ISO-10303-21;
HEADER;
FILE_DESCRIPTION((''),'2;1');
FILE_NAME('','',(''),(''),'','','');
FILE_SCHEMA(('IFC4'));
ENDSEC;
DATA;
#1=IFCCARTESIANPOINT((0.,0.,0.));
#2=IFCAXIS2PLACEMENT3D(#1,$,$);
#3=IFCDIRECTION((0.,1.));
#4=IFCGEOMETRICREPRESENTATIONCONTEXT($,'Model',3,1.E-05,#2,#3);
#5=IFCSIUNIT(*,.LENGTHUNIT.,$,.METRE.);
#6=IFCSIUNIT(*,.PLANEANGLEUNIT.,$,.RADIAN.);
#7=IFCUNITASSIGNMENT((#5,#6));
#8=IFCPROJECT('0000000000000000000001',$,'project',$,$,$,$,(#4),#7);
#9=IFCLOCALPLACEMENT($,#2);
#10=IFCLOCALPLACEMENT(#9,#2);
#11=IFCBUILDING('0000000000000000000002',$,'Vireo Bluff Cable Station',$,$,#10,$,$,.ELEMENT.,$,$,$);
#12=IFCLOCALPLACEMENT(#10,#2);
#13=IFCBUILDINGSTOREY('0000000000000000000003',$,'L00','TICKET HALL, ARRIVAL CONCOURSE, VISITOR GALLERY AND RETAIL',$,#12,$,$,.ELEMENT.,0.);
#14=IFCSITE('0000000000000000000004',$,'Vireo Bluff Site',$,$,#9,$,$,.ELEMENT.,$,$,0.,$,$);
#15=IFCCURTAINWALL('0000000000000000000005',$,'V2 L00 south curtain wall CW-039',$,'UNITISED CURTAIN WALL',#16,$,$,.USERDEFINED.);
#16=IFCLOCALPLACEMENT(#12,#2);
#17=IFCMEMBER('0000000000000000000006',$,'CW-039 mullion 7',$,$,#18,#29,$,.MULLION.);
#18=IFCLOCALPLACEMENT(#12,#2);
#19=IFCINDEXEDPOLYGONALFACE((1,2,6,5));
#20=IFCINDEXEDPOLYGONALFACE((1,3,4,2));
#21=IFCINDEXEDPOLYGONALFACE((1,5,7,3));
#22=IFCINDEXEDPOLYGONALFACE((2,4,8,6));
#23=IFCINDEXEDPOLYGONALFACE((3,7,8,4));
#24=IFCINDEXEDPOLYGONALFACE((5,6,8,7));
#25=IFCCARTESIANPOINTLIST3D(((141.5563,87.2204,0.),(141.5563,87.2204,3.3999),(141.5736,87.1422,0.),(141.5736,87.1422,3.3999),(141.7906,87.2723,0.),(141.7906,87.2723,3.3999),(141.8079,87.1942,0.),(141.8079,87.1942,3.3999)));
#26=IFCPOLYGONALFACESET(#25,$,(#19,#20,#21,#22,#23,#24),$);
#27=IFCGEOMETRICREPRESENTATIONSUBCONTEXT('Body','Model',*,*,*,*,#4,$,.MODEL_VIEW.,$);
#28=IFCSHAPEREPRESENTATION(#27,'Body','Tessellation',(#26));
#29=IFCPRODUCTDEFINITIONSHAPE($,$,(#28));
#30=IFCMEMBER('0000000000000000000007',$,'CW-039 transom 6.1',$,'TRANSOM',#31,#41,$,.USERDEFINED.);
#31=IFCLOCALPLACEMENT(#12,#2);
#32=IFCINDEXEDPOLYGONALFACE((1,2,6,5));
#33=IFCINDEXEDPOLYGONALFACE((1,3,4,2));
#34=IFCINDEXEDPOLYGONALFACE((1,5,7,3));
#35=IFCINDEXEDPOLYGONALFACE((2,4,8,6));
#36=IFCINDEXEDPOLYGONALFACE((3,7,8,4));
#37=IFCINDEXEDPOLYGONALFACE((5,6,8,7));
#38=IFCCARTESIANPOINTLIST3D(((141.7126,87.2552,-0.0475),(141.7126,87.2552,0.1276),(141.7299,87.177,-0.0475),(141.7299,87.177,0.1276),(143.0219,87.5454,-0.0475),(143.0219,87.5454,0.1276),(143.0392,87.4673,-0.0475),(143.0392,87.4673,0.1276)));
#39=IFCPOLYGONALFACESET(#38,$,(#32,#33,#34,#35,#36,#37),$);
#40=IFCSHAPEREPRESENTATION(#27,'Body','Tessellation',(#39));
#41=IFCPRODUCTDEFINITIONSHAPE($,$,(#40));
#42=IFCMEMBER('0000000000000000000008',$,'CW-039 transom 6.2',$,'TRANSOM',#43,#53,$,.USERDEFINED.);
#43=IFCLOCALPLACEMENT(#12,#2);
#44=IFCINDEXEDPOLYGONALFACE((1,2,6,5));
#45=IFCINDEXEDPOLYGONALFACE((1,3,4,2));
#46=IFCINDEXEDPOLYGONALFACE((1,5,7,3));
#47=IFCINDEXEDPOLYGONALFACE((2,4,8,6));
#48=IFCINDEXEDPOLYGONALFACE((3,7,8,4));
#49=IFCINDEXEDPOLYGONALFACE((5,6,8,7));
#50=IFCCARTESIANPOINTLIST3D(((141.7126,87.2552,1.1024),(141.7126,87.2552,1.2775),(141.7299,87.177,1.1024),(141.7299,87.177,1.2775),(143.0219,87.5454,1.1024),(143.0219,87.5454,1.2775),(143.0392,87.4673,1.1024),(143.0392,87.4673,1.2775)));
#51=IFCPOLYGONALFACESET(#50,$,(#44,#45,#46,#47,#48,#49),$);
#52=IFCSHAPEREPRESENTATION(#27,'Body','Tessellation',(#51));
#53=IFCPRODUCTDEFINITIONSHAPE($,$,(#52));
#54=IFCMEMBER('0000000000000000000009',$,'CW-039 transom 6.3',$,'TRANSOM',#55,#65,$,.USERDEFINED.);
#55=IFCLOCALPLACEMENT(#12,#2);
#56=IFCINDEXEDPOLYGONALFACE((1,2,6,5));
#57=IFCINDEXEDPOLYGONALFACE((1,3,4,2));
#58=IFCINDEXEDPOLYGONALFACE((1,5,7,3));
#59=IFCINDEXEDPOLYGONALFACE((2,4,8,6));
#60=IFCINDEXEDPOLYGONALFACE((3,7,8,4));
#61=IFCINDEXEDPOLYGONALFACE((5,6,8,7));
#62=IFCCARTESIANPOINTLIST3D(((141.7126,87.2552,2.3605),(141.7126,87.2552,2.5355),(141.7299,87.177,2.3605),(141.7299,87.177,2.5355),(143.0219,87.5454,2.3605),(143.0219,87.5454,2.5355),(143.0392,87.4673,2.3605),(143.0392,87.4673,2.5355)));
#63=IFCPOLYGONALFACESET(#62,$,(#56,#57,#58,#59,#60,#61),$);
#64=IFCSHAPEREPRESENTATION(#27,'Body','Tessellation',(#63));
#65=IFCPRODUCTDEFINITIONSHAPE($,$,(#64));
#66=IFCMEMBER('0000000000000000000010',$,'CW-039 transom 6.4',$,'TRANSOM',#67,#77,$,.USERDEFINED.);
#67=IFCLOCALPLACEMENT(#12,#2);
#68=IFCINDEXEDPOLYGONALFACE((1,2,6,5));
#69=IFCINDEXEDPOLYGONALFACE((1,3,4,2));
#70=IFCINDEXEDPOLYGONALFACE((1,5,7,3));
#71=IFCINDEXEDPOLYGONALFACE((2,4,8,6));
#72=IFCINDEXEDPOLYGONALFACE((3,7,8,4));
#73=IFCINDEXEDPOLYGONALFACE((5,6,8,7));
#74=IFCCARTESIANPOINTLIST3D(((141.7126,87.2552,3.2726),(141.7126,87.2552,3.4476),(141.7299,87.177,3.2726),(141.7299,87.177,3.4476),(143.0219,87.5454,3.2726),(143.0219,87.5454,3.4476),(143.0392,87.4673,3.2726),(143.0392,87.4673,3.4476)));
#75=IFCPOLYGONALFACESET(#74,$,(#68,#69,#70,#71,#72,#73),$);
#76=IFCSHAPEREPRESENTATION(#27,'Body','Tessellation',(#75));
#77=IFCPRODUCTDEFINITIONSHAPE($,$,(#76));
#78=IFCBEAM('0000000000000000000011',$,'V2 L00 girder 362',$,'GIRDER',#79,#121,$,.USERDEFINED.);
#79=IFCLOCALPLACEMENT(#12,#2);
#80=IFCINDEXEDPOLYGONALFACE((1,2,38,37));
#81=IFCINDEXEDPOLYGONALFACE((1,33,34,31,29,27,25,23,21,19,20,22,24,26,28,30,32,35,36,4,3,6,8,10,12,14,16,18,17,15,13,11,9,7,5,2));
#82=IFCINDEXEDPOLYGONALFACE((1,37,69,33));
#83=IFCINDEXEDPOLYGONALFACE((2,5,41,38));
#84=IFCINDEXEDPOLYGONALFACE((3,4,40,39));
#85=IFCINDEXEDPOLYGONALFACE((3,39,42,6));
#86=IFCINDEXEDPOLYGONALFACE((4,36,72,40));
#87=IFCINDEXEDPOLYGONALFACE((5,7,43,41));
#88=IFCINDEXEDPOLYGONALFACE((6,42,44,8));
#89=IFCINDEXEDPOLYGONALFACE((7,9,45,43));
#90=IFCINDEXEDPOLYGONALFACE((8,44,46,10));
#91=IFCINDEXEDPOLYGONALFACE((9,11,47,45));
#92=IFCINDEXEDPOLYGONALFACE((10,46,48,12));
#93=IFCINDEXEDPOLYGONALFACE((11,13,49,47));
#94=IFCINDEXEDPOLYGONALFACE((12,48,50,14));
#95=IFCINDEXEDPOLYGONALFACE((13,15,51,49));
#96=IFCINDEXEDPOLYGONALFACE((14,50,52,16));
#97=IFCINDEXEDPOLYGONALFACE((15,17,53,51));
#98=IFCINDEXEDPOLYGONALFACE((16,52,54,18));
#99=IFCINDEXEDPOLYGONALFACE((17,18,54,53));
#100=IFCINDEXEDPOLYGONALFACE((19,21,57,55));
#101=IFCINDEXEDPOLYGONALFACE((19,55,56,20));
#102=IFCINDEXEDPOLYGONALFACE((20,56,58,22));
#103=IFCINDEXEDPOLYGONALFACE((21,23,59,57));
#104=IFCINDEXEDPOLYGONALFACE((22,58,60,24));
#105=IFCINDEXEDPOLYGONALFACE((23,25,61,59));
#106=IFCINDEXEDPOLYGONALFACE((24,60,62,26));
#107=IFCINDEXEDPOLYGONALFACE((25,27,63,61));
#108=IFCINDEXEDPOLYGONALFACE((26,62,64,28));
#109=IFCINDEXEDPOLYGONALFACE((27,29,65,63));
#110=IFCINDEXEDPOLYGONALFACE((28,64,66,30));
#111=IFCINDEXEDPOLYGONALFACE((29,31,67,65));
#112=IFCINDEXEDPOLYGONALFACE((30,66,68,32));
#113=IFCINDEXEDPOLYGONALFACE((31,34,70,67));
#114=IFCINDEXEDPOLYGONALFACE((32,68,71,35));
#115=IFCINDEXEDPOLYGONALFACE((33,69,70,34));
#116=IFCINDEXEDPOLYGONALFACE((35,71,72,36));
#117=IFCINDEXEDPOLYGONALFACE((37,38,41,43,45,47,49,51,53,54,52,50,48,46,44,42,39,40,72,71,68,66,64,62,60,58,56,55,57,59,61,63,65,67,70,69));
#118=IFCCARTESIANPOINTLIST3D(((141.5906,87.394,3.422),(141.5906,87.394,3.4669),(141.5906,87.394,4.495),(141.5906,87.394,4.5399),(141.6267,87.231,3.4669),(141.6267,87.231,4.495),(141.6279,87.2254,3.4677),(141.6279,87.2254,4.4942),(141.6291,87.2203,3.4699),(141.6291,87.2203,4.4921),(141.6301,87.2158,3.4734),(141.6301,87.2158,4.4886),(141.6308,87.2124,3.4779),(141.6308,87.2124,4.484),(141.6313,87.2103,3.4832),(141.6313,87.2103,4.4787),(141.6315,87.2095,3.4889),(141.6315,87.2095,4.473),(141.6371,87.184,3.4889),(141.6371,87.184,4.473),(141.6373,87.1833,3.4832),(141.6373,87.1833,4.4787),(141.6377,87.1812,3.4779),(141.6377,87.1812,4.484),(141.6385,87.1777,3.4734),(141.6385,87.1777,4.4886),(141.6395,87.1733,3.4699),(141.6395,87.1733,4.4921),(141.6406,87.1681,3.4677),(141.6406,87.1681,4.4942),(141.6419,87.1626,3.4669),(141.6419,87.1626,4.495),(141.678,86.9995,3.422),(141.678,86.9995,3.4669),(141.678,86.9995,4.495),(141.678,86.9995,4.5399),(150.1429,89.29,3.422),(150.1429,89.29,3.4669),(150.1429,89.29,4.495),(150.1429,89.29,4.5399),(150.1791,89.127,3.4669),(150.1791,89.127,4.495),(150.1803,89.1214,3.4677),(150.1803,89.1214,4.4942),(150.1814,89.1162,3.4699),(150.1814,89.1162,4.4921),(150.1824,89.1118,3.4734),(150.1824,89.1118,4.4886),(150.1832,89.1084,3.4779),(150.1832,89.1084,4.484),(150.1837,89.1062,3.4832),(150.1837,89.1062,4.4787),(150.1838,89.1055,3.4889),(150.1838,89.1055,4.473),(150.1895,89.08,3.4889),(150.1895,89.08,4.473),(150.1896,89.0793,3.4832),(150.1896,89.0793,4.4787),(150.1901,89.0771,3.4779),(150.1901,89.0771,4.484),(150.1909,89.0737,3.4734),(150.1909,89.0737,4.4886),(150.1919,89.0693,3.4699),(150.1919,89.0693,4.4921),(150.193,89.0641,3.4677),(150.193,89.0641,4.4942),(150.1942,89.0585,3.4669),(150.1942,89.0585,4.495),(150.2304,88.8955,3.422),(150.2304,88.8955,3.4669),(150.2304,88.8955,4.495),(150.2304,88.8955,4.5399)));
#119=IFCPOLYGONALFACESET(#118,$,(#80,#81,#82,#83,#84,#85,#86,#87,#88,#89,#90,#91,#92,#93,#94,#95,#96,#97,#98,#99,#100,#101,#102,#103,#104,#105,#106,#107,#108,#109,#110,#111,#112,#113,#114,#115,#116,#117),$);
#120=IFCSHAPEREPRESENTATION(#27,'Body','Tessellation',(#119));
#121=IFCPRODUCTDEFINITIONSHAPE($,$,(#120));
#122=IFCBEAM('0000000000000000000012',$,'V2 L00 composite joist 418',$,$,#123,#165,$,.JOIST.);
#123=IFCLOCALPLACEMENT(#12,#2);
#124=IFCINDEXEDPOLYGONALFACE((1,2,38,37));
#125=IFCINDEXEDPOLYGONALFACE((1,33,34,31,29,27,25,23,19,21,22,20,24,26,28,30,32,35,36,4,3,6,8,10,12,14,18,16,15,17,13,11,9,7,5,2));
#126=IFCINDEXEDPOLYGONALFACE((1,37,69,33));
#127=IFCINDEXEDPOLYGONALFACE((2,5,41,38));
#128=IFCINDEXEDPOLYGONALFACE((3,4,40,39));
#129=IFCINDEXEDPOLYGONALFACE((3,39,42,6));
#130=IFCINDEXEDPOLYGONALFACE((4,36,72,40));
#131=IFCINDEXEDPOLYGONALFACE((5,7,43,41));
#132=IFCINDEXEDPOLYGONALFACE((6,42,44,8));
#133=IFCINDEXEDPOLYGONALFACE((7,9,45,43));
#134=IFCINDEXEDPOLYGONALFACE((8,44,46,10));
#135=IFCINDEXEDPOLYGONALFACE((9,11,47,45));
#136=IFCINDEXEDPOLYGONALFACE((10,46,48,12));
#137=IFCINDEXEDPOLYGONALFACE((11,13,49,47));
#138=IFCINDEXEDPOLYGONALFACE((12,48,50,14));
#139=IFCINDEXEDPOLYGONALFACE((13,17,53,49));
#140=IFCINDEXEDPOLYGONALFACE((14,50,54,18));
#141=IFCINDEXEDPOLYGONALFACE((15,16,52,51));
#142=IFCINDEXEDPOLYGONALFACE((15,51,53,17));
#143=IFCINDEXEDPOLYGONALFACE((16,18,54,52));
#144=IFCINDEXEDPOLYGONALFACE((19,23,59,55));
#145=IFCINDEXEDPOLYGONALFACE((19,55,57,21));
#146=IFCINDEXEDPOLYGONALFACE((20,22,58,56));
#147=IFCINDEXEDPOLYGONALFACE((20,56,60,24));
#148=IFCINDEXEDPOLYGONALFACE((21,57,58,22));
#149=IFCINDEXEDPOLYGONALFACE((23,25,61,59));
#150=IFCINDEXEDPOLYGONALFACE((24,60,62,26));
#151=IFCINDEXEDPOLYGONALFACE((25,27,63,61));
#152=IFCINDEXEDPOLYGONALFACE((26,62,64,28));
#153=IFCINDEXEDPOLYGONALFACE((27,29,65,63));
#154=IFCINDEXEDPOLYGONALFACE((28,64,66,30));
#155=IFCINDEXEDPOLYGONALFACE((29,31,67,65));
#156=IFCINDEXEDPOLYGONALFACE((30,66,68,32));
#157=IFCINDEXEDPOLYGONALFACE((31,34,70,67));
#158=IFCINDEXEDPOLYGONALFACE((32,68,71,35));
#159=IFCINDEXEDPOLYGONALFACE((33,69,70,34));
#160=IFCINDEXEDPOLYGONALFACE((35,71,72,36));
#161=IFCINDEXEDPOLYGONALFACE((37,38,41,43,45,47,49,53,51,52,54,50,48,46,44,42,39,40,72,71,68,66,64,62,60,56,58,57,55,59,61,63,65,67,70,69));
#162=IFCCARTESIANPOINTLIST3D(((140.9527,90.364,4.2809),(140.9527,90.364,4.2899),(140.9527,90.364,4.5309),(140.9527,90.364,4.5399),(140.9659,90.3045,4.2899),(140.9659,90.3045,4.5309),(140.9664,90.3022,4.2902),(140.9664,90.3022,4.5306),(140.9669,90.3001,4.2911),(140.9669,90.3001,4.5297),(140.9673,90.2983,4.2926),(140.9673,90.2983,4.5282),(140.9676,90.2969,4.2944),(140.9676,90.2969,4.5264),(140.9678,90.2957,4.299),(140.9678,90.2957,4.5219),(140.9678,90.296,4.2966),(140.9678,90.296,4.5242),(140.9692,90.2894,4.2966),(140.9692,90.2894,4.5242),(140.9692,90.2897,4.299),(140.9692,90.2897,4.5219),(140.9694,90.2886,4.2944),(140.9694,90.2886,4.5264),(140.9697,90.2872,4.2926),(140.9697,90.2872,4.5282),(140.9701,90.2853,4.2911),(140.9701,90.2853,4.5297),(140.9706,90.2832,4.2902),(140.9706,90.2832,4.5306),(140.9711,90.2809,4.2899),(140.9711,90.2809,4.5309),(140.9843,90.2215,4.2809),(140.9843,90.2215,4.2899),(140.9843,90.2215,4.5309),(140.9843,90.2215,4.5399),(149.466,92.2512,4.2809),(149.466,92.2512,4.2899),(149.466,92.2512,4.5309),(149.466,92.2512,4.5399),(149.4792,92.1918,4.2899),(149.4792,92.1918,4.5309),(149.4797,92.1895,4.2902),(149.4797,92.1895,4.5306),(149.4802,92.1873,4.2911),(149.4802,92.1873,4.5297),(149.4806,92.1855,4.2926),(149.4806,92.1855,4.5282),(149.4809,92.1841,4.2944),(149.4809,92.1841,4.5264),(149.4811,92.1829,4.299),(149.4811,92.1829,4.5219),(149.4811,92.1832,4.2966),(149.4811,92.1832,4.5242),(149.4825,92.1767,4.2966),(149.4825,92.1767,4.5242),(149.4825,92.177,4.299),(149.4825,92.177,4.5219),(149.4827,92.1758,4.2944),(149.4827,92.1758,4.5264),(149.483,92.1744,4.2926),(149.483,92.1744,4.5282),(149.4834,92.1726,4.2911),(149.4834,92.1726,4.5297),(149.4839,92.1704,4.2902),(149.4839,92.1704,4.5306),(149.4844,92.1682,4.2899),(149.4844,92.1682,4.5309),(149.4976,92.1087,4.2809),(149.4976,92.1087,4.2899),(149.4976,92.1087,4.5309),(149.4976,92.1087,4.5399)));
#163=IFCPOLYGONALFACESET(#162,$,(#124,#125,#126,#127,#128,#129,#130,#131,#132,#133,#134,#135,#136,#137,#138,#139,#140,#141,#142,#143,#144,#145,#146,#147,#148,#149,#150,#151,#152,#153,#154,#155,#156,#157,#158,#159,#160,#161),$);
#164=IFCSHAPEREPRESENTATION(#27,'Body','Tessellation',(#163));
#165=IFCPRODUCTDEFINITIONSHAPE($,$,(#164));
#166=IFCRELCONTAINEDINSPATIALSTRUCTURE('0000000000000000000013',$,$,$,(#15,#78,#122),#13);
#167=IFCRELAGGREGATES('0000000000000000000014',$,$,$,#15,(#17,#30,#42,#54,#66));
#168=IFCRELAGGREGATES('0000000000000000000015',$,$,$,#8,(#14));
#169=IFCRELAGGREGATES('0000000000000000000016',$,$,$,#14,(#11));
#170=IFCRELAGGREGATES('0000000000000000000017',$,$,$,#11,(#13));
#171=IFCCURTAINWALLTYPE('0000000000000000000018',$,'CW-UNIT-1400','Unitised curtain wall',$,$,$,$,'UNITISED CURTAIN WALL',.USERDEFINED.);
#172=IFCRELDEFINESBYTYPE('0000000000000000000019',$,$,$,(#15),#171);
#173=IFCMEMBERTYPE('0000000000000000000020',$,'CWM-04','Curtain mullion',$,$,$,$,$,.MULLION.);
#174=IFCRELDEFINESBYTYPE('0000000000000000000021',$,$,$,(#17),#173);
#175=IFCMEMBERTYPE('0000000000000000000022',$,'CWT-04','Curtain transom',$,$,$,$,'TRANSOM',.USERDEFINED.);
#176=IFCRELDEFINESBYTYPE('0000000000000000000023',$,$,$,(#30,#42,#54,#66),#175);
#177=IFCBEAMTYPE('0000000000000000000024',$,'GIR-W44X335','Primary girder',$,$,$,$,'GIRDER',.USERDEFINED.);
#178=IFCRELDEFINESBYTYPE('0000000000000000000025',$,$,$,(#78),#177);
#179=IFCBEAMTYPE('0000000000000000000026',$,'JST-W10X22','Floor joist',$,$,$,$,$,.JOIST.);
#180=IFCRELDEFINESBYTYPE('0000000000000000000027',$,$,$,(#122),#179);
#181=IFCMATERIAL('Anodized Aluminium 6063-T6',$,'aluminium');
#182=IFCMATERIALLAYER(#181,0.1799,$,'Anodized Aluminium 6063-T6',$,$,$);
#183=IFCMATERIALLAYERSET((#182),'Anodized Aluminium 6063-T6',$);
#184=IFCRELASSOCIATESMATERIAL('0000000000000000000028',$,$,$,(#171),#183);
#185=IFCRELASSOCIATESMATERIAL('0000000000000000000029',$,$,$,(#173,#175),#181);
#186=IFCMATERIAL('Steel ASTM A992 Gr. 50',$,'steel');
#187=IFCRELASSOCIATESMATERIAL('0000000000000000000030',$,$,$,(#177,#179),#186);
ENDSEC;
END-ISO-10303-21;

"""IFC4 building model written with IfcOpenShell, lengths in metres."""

from ifc_helpers import new_model, si_unit, direction, frame, origin, origin_2d, place, context, subcontext, project, spatial, rectangle, i_section, extrude, material, layer, layer_set, material_profile, profile_set, type_object, element, aggregate, save


model = new_model("IFC4")

# Units and contexts
model_context = context("Model", 3, precision=1e-05, world=origin(), true_north=direction((0.0, 1.0)))
body_context = subcontext(model_context, "Body", "Model", "MODEL_VIEW")
ifc_project = project(units=[si_unit("LENGTHUNIT", "METRE"), si_unit("PLANEANGLEUNIT", "RADIAN")], contexts=[model_context])

# Site, building, storey
site_placement = place(None, origin())
site = spatial("IfcSite", under=ifc_project, at=site_placement, Name="Vireo Bluff Site", CompositionType="ELEMENT", RefElevation=0.0)
building_placement = place(site_placement, origin())
building = spatial("IfcBuilding", under=site, at=building_placement, Name="Vireo Bluff Cable Station", CompositionType="ELEMENT")
storey_placement = place(building_placement, origin())
storey = spatial("IfcBuildingStorey", under=building, at=storey_placement, Name="L00", Description="TICKET HALL, ARRIVAL CONCOURSE, VISITOR GALLERY AND RETAIL", CompositionType="ELEMENT", Elevation=0.0)

# Shared definitions
ifc_material_1 = material(Name="Steel ASTM A992 Gr. 50", Category="steel")

# Curtain wall, members
ifc_material_2 = material(Name="Anodized Aluminium 6063-T6", Category="aluminium")
ifc_layer_1 = layer(ifc_material_2, 0.1799, Name="Anodized Aluminium 6063-T6")
ifc_layer_set_1 = layer_set([ifc_layer_1], Name="Anodized Aluminium 6063-T6")
curtain_wall_type = type_object("IfcCurtainWallType", Name="CW-UNIT-1400", Description="Unitised curtain wall", ElementType="UNITISED CURTAIN WALL", PredefinedType="USERDEFINED", material=ifc_layer_set_1)
curtain_wall_placement = place(storey_placement, origin())
curtain_wall = element("IfcCurtainWall", 1, at=curtain_wall_placement, inside=storey, type_object=curtain_wall_type, Name="V2 L00 south curtain wall CW-039", ObjectType="UNITISED CURTAIN WALL", PredefinedType="USERDEFINED")
ifc_material_profile_1 = material_profile(ifc_material_2, rectangle(XDim=0.0801, YDim=0.24, at=origin_2d()), Name="ALU-M-80X240")
ifc_profile_set_1 = profile_set([ifc_material_profile_1], Name="Anodized Aluminium 6063-T6")
member_type_1 = type_object("IfcMemberType", Name="CWM-04", Description="Curtain mullion", PredefinedType="MULLION", material=ifc_profile_set_1)
member_1_placement = place(storey_placement, frame((141.6821, 87.2073, 0.0), z_axis=(0.0, 0.0, 1.0), x_axis=(0.21644, -0.976296, 0.0)))
member_1 = element("IfcMember", 2, at=member_1_placement, type_object=member_type_1, Name="CW-039 mullion 7", PredefinedType="MULLION", context=body_context, shape_type="SweptSolid", body=[
    extrude(rectangle(XDim=0.0801, YDim=0.24, at=origin_2d()), origin(), (0.0, 0.0, 1.0), 3.3999),
])
ifc_material_profile_2 = material_profile(ifc_material_2, rectangle(XDim=0.0801, YDim=0.175, at=origin_2d()), Name="ALU-T-80X175")
ifc_profile_set_2 = profile_set([ifc_material_profile_2], Name="Anodized Aluminium 6063-T6")
member_type_2 = type_object("IfcMemberType", Name="CWT-04", Description="Curtain transom", ElementType="TRANSOM", PredefinedType="USERDEFINED", material=ifc_profile_set_2)
member_2_placement = place(storey_placement, frame((143.0305, 87.5063, 0.04), z_axis=(-0.976294, -0.216449, 0.0), x_axis=(0.216449, -0.976294, 0.0)))
member_2 = element("IfcMember", 3, at=member_2_placement, type_object=member_type_2, Name="CW-039 transom 6.1", ObjectType="TRANSOM", PredefinedType="USERDEFINED", context=body_context, shape_type="SweptSolid", body=[
    extrude(rectangle(XDim=0.0801, YDim=0.175, at=origin_2d()), origin(), (0.0, 0.0, 1.0), 1.3411),
])
member_3_placement = place(storey_placement, frame((143.0305, 87.5063, 1.1899), z_axis=(-0.976294, -0.216449, 0.0), x_axis=(0.216449, -0.976294, 0.0)))
member_3 = element("IfcMember", 4, at=member_3_placement, type_object=member_type_2, Name="CW-039 transom 6.2", ObjectType="TRANSOM", PredefinedType="USERDEFINED", context=body_context, shape_type="SweptSolid", body=[
    extrude(rectangle(XDim=0.0801, YDim=0.175, at=origin_2d()), origin(), (0.0, 0.0, 1.0), 1.3411),
])
member_4_placement = place(storey_placement, frame((143.0305, 87.5063, 2.448), z_axis=(-0.976294, -0.216449, 0.0), x_axis=(0.216449, -0.976294, 0.0)))
member_4 = element("IfcMember", 5, at=member_4_placement, type_object=member_type_2, Name="CW-039 transom 6.3", ObjectType="TRANSOM", PredefinedType="USERDEFINED", context=body_context, shape_type="SweptSolid", body=[
    extrude(rectangle(XDim=0.0801, YDim=0.175, at=origin_2d()), origin(), (0.0, 0.0, 1.0), 1.3411),
])
member_5_placement = place(storey_placement, frame((143.0305, 87.5063, 3.3601), z_axis=(-0.976294, -0.216449, 0.0), x_axis=(0.216449, -0.976294, 0.0)))
member_5 = element("IfcMember", 6, at=member_5_placement, type_object=member_type_2, Name="CW-039 transom 6.4", ObjectType="TRANSOM", PredefinedType="USERDEFINED", context=body_context, shape_type="SweptSolid", body=[
    extrude(rectangle(XDim=0.0801, YDim=0.175, at=origin_2d()), origin(), (0.0, 0.0, 1.0), 1.3411),
])

# Beams
ifc_material_profile_3 = material_profile(ifc_material_1, i_section(OverallWidth=0.4041, OverallDepth=1.1179, WebThickness=0.0261, FlangeThickness=0.0449, FilletRadius=0.022, at=origin_2d()), Name="W44X335")
ifc_profile_set_3 = profile_set([ifc_material_profile_3], Name="Steel ASTM A992 Gr. 50")
beam_type_1 = type_object("IfcBeamType", Name="GIR-W44X335", Description="Primary girder", ElementType="GIRDER", PredefinedType="USERDEFINED", material=ifc_profile_set_3)
beam_1_placement = place(storey_placement, frame((141.6343, 87.1968, 3.981), z_axis=(0.976297, 0.216435, 0.0), x_axis=(-0.216435, 0.976297, 0.0)))
element("IfcBeam", 7, at=beam_1_placement, inside=storey, type_object=beam_type_1, Name="V2 L00 girder 362", ObjectType="GIRDER", PredefinedType="USERDEFINED", context=body_context, shape_type="SweptSolid", body=[
    extrude(i_section(OverallWidth=0.4041, OverallDepth=1.1179, WebThickness=0.0261, FlangeThickness=0.0449, FilletRadius=0.022, at=origin_2d()), origin(), (0.0, 0.0, 1.0), 8.76),
])
ifc_material_profile_4 = material_profile(ifc_material_1, i_section(OverallWidth=0.146, OverallDepth=0.259, WebThickness=0.0061, FlangeThickness=0.009, FilletRadius=0.009, at=origin_2d()), Name="W10X22")
ifc_profile_set_4 = profile_set([ifc_material_profile_4], Name="Steel ASTM A992 Gr. 50")
beam_type_2 = type_object("IfcBeamType", Name="JST-W10X22", Description="Floor joist", PredefinedType="JOIST", material=ifc_profile_set_4)
beam_2_placement = place(storey_placement, frame((140.9685, 90.2927, 4.4104), z_axis=(0.976299, 0.216426, 0.0), x_axis=(-0.216426, 0.976299, 0.0)))
element("IfcBeam", 8, at=beam_2_placement, inside=storey, type_object=beam_type_2, Name="V2 L00 composite joist 418", PredefinedType="JOIST", context=body_context, shape_type="SweptSolid", body=[
    extrude(i_section(OverallWidth=0.146, OverallDepth=0.259, WebThickness=0.0061, FlangeThickness=0.009, FilletRadius=0.009, at=origin_2d()), origin(), (0.0, 0.0, 1.0), 8.72),
])

aggregate(curtain_wall, [member_1, member_2, member_3, member_4, member_5])

save(model, "model.ifc")
